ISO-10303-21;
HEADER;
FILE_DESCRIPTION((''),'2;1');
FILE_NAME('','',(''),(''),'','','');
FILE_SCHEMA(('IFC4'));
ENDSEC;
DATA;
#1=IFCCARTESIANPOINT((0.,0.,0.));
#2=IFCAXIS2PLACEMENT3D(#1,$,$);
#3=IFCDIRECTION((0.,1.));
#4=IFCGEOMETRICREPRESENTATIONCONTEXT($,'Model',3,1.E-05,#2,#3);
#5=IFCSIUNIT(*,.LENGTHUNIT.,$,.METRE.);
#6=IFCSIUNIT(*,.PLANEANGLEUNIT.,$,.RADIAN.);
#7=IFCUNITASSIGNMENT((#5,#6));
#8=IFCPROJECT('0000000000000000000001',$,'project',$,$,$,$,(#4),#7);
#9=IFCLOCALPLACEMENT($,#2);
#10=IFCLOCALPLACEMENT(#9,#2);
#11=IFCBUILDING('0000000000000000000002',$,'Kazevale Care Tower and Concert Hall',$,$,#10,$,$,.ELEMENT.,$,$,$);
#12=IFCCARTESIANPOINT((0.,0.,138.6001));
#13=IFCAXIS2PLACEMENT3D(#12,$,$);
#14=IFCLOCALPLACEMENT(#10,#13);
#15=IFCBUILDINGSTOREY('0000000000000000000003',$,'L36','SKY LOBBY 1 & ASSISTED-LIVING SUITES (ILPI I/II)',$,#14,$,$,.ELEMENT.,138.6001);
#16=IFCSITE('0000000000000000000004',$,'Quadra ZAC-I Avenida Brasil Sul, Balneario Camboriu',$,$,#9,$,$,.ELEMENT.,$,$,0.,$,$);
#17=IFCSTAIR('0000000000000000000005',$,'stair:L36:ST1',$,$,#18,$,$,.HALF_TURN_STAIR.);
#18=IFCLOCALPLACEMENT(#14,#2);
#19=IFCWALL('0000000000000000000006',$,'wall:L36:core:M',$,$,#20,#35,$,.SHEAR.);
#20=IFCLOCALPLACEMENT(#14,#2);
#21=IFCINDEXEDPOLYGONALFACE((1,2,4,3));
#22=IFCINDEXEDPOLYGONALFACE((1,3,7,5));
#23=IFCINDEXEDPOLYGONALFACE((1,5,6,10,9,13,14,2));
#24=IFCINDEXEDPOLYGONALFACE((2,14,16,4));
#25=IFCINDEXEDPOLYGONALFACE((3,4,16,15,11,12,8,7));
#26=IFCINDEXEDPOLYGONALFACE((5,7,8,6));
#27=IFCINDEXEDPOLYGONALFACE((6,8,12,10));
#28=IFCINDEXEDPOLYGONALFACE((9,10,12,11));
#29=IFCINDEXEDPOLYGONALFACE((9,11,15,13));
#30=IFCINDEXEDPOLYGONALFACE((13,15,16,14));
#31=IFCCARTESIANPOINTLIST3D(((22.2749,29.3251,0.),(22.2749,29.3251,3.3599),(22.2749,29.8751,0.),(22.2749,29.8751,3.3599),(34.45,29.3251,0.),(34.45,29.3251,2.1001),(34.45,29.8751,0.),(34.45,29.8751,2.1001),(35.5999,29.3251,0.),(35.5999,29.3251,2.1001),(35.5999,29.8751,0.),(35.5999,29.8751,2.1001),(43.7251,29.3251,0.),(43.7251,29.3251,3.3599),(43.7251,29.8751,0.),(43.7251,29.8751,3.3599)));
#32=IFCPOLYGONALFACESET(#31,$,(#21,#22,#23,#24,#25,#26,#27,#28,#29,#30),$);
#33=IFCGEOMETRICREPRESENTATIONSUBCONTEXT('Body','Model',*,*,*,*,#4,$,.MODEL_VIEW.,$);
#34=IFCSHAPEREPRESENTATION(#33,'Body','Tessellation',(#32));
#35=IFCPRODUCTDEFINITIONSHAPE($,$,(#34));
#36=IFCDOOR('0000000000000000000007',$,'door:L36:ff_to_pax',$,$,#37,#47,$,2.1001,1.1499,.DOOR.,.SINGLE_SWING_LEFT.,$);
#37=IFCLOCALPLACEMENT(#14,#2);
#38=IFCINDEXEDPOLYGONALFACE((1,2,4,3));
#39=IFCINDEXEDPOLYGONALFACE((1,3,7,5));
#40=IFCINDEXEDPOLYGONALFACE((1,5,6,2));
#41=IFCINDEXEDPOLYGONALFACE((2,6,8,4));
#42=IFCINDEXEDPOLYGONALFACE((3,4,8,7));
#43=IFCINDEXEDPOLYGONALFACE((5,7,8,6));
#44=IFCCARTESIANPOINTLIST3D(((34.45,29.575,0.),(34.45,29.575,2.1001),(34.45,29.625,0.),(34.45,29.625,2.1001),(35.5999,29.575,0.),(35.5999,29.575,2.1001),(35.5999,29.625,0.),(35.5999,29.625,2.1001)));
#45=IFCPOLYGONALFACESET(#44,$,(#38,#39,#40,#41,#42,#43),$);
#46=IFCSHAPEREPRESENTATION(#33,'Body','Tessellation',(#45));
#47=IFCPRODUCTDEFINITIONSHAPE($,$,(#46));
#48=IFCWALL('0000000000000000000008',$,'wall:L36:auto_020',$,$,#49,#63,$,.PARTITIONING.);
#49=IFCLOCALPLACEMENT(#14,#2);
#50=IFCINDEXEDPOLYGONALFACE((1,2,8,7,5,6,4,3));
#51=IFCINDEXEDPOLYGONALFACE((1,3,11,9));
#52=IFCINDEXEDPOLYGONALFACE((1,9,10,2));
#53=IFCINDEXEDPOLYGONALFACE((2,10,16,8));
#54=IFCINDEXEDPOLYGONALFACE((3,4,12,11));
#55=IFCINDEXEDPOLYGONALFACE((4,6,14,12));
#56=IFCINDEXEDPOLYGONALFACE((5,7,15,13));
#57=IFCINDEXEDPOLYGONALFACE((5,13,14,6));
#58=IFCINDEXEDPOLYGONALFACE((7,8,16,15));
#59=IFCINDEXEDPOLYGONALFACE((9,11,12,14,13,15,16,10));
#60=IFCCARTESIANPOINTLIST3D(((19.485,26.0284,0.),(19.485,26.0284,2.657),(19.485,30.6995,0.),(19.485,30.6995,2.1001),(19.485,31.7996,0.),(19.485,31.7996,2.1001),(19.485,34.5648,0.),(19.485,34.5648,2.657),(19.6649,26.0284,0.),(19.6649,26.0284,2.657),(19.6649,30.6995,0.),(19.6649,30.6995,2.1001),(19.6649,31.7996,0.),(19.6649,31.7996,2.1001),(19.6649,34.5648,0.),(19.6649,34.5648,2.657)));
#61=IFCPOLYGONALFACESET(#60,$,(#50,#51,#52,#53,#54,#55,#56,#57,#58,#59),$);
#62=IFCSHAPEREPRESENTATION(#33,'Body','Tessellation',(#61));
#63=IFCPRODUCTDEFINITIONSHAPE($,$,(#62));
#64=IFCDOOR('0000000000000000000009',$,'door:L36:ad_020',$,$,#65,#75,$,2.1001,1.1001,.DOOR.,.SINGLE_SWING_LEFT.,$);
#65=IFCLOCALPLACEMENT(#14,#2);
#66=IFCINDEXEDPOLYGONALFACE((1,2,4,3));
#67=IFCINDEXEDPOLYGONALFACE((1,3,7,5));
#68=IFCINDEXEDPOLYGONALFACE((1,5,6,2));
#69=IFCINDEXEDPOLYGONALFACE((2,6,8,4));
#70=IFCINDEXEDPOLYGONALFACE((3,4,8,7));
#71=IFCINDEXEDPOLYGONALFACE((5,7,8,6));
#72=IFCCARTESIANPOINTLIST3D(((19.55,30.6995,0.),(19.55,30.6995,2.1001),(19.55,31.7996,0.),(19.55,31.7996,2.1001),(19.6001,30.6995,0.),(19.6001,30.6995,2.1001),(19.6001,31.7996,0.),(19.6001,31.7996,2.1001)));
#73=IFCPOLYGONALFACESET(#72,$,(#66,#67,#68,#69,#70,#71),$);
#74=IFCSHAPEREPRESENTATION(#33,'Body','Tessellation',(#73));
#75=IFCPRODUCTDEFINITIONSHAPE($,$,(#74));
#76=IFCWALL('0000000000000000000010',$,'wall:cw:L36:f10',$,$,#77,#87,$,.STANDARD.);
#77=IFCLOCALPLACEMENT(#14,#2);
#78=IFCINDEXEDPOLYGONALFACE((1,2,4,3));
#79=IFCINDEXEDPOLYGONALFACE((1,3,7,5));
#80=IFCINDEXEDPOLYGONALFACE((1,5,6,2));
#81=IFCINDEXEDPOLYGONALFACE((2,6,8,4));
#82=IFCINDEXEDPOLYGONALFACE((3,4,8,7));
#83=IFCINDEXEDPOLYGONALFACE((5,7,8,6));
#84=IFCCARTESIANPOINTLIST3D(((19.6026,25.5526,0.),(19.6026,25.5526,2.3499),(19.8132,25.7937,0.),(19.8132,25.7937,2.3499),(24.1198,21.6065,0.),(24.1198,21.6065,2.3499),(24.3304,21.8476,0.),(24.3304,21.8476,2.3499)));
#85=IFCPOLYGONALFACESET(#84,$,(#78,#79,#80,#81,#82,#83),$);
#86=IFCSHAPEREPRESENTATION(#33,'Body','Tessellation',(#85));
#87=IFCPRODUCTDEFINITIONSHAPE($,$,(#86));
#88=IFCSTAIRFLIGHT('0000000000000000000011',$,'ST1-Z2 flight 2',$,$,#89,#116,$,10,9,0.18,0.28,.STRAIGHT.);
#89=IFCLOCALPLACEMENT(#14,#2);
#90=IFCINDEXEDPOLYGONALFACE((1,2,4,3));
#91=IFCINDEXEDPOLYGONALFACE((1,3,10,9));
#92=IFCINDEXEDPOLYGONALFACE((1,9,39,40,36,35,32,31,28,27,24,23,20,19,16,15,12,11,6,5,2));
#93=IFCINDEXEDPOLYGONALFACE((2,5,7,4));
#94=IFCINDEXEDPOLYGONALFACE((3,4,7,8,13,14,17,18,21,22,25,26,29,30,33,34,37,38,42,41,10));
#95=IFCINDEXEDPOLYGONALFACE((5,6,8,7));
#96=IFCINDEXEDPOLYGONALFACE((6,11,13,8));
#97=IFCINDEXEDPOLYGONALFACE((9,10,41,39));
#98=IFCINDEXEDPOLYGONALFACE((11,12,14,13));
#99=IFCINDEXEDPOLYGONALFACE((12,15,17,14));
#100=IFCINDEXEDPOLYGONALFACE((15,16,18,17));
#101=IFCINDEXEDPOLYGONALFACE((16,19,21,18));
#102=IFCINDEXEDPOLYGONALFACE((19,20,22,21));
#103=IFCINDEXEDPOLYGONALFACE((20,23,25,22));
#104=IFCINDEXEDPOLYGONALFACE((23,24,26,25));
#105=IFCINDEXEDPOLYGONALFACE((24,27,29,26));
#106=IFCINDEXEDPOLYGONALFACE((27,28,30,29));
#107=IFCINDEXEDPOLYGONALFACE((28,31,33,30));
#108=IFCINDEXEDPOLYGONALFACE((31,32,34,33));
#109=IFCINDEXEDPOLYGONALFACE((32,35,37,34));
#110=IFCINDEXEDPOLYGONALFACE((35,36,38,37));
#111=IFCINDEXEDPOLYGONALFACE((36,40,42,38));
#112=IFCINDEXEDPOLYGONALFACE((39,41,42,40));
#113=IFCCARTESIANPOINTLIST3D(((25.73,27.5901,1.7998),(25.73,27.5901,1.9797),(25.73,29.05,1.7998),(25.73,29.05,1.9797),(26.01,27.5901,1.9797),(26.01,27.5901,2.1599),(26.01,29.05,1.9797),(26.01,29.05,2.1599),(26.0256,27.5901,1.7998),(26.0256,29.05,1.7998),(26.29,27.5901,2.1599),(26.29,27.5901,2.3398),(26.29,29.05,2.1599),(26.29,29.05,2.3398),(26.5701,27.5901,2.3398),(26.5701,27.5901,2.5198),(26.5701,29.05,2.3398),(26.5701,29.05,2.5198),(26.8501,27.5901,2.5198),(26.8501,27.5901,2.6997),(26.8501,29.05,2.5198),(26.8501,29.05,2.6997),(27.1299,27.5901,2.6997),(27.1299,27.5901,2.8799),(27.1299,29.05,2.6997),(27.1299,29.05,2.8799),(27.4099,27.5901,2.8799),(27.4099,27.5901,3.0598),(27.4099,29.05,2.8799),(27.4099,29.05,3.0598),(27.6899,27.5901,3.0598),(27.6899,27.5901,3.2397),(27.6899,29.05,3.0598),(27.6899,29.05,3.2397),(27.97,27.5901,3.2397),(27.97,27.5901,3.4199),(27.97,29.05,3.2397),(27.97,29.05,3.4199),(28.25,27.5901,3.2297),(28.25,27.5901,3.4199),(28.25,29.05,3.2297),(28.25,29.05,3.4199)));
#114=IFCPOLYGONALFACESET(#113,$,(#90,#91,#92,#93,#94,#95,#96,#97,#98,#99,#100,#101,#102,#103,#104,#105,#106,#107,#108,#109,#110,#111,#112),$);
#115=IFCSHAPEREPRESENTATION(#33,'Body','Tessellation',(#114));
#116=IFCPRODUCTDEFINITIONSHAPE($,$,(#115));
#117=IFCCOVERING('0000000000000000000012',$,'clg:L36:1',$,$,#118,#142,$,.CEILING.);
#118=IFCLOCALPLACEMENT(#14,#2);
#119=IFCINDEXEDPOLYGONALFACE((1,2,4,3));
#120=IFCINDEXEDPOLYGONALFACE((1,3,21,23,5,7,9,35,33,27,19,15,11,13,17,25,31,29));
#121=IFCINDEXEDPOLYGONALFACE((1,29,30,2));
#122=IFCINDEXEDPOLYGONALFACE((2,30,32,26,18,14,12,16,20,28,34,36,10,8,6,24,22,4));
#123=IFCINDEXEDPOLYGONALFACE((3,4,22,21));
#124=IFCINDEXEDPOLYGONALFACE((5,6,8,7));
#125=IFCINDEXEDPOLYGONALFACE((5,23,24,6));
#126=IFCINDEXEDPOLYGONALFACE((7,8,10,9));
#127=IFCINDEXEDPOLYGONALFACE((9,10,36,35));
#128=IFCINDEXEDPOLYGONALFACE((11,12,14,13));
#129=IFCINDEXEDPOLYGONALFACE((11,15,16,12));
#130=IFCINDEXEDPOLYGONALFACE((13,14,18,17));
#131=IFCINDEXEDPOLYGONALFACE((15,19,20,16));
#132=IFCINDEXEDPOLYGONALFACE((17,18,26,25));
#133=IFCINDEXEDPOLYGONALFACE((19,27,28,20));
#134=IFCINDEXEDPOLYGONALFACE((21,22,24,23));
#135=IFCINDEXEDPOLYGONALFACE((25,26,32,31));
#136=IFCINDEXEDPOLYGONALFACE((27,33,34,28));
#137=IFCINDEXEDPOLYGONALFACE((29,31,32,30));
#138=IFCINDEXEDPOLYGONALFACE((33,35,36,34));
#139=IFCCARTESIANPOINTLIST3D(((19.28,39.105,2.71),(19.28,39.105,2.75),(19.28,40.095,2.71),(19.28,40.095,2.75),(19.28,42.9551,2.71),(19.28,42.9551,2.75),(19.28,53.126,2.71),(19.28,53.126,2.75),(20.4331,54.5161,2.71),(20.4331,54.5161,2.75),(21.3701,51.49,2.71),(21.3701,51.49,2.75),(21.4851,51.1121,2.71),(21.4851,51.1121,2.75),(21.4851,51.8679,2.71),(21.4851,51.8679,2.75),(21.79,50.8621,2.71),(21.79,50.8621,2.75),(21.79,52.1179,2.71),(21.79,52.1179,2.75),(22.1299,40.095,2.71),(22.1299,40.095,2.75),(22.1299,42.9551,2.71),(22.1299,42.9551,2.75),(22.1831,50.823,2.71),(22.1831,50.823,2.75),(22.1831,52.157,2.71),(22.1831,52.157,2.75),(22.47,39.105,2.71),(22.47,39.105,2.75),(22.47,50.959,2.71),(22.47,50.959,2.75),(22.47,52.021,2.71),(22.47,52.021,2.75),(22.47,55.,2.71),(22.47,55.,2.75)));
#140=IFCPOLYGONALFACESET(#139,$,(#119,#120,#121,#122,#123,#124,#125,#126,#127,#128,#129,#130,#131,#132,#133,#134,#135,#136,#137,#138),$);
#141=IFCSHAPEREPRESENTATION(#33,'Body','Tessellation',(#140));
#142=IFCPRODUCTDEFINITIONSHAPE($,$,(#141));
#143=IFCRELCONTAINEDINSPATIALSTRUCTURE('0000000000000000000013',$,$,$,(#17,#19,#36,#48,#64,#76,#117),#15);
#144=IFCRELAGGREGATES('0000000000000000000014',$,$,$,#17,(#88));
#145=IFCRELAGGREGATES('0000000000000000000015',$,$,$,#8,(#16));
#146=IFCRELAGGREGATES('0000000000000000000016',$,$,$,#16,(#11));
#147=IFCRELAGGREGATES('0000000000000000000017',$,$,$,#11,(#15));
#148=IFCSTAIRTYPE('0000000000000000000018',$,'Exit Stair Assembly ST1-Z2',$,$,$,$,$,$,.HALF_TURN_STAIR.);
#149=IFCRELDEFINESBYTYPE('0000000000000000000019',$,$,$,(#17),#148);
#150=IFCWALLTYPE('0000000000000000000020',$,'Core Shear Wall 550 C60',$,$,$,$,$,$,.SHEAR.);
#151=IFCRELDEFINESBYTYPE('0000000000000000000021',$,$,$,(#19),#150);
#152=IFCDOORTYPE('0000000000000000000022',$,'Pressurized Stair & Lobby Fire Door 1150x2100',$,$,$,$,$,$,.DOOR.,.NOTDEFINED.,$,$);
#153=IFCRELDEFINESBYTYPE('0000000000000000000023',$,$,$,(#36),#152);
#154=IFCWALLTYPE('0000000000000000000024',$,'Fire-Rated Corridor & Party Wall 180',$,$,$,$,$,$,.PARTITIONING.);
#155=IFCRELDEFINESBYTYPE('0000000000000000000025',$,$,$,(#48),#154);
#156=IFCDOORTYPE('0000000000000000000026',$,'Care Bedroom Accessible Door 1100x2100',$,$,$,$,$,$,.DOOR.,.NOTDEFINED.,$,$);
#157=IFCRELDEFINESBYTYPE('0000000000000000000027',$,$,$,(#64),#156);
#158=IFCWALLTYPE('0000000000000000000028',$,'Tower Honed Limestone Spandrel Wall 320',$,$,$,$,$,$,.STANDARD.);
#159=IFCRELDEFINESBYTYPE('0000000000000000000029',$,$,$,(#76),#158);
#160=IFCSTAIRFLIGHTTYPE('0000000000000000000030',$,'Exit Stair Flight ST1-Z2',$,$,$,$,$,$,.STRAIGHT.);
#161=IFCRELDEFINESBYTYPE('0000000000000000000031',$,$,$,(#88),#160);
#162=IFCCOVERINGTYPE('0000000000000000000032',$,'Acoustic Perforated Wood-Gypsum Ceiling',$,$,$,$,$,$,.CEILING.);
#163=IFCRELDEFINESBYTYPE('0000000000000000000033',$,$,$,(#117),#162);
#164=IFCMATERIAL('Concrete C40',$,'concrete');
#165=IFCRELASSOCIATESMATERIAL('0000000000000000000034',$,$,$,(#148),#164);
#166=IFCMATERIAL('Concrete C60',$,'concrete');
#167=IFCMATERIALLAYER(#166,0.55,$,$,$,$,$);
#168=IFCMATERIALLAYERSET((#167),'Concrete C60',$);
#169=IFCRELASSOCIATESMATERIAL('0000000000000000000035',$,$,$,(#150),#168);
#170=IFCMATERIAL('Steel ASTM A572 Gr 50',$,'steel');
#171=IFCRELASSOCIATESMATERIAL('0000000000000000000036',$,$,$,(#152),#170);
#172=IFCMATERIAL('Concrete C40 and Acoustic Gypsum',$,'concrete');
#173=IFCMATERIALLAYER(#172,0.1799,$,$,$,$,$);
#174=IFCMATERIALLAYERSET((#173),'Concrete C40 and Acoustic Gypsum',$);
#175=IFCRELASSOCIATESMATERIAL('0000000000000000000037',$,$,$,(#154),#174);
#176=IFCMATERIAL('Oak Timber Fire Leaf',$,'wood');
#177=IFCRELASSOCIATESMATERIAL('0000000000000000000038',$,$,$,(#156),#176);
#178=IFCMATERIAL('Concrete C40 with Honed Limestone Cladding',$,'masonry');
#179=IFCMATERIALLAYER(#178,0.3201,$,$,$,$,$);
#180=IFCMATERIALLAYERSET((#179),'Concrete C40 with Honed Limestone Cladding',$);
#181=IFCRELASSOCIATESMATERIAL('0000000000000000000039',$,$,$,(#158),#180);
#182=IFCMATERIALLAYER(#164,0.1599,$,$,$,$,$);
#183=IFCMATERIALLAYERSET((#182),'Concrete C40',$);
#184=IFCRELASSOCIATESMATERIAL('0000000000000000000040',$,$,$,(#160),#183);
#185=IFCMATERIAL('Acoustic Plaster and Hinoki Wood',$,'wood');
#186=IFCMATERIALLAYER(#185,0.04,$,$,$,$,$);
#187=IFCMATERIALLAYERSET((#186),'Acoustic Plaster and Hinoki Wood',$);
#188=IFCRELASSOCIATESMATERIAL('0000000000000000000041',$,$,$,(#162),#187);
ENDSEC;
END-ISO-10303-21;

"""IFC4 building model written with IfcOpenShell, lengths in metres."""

from ifc_helpers import new_model, si_unit, direction, frame, frame_2d, origin, place, context, subcontext, project, spatial, polyline, rectangle, outline, extrude, material, layer, layer_set, type_object, element, fill, aggregate, save


model = new_model("IFC4")

# Units and contexts
model_context = context("Model", 3, precision=1e-05, world=origin(), true_north=direction((0.0, 1.0)))
body_context = subcontext(model_context, "Body", "Model", "MODEL_VIEW")
ifc_project = project(units=[si_unit("LENGTHUNIT", "METRE"), si_unit("PLANEANGLEUNIT", "RADIAN")], contexts=[model_context])

# Site, building, storey
site_placement = place(None, origin())
site = spatial("IfcSite", under=ifc_project, at=site_placement, Name="Quadra ZAC-I Avenida Brasil Sul, Balneario Camboriu", CompositionType="ELEMENT", RefElevation=0.0)
building_placement = place(site_placement, origin())
building = spatial("IfcBuilding", under=site, at=building_placement, Name="Kazevale Care Tower and Concert Hall", CompositionType="ELEMENT")
storey_placement = place(building_placement, frame((0.0, 0.0, 138.6001)))
storey = spatial("IfcBuildingStorey", under=building, at=storey_placement, Name="L36", Description="SKY LOBBY 1 & ASSISTED-LIVING SUITES (ILPI I/II)", CompositionType="ELEMENT", Elevation=138.6001)

# Shared definitions
ifc_material_1 = material(Name="Concrete C60", Category="concrete")

# Shared definitions
ifc_material_2 = material(Name="Steel ASTM A572 Gr 50", Category="steel")

# Shared definitions
ifc_material_3 = material(Name="Concrete C40", Category="concrete")

# Stair
stair_type = type_object("IfcStairType", Name="Exit Stair Assembly ST1-Z2", PredefinedType="HALF_TURN_STAIR", material=ifc_material_3)
stair_1_placement = place(storey_placement, origin())
stair_1 = element("IfcStair", 1, at=stair_1_placement, inside=storey, type_object=stair_type, Name="stair:L36:ST1", PredefinedType="HALF_TURN_STAIR")

# Shared definitions
ifc_layer_1 = layer(ifc_material_1, 0.55)
ifc_layer_set_1 = layer_set([ifc_layer_1], Name="Concrete C60")
wall_type_1 = type_object("IfcWallType", Name="Core Shear Wall 550 C60", PredefinedType="SHEAR", material=ifc_layer_set_1)

# Walls, openings, doors
wall_1_placement = place(storey_placement, frame((22.2749, 29.6001, 0.0), z_axis=(0.0, 0.0, 1.0), x_axis=(1.0, 0.0, 0.0)))
wall_1 = element("IfcWall", 2, at=wall_1_placement, inside=storey, type_object=wall_type_1, Name="wall:L36:core:M", PredefinedType="SHEAR", context=body_context, shape_type="SweptSolid", body=[
    extrude(rectangle(XDim=21.4502, YDim=0.55, at=frame_2d((10.7251, 0.0))), origin(), (0.0, 0.0, 1.0), 3.3599),
])
opening_1_placement = place(wall_1_placement, frame((12.175, 0.0, 0.0)))
opening_1 = element("IfcOpeningElement", 3, at=opening_1_placement, cuts=wall_1, PredefinedType="OPENING", context=body_context, shape_type="SweptSolid", body=[
    extrude(rectangle(XDim=1.1499, YDim=2.1001, at=frame_2d((0.575, 1.05))), frame((0.0, 0.2849, 0.0), z_axis=(0.0, -1.0, 0.0), x_axis=(1.0, 0.0, 0.0)), (0.0, 0.0, 1.0), 0.5701),
])
door_type_1 = type_object("IfcDoorType", Name="Pressurized Stair & Lobby Fire Door 1150x2100", OperationType="NOTDEFINED", PredefinedType="DOOR", material=ifc_material_2)
door_1_placement = place(opening_1_placement, origin())
door_1 = element("IfcDoor", 4, at=door_1_placement, inside=storey, type_object=door_type_1, Name="door:L36:ff_to_pax", OperationType="SINGLE_SWING_LEFT", OverallHeight=2.1001, OverallWidth=1.1499, PredefinedType="DOOR", context=body_context, shape_type="SweptSolid", body=[
    extrude(rectangle(XDim=1.1499, YDim=2.1001, at=frame_2d((0.575, 1.05))), frame((0.0, 0.0249, 0.0), z_axis=(0.0, -1.0, 0.0), x_axis=(1.0, 0.0, 0.0)), (0.0, 0.0, 1.0), 0.05),
])
fill(opening_1, door_1)
ifc_material_4 = material(Name="Concrete C40 and Acoustic Gypsum", Category="concrete")
ifc_layer_2 = layer(ifc_material_4, 0.1799)
ifc_layer_set_2 = layer_set([ifc_layer_2], Name="Concrete C40 and Acoustic Gypsum")
wall_type_2 = type_object("IfcWallType", Name="Fire-Rated Corridor & Party Wall 180", PredefinedType="PARTITIONING", material=ifc_layer_set_2)
wall_2_placement = place(storey_placement, frame((19.575, 26.0286, 0.0), z_axis=(0.0, 0.0, 1.0), x_axis=(0.0, 1.0, 0.0)))
wall_2 = element("IfcWall", 5, at=wall_2_placement, inside=storey, type_object=wall_type_2, Name="wall:L36:auto_020", PredefinedType="PARTITIONING", context=body_context, shape_type="SweptSolid", body=[
    extrude(rectangle(XDim=8.5364, YDim=0.1799, at=frame_2d((4.2681, 0.0))), origin(), (0.0, 0.0, 1.0), 2.657),
])
opening_2_placement = place(wall_2_placement, frame((4.6709, 0.0, 0.0)))
opening_2 = element("IfcOpeningElement", 6, at=opening_2_placement, cuts=wall_2, PredefinedType="OPENING", context=body_context, shape_type="SweptSolid", body=[
    extrude(rectangle(XDim=1.1001, YDim=2.1001, at=frame_2d((0.55, 1.05))), frame((0.0, 0.0999, 0.0), z_axis=(0.0, -1.0, 0.0), x_axis=(1.0, 0.0, 0.0)), (0.0, 0.0, 1.0), 0.2),
])
ifc_material_5 = material(Name="Oak Timber Fire Leaf", Category="wood")
door_type_2 = type_object("IfcDoorType", Name="Care Bedroom Accessible Door 1100x2100", OperationType="NOTDEFINED", PredefinedType="DOOR", material=ifc_material_5)
door_2_placement = place(opening_2_placement, origin())
door_2 = element("IfcDoor", 7, at=door_2_placement, inside=storey, type_object=door_type_2, Name="door:L36:ad_020", OperationType="SINGLE_SWING_LEFT", OverallHeight=2.1001, OverallWidth=1.1001, PredefinedType="DOOR", context=body_context, shape_type="SweptSolid", body=[
    extrude(rectangle(XDim=1.1001, YDim=2.1001, at=frame_2d((0.55, 1.05))), frame((0.0, 0.0249, 0.0), z_axis=(0.0, -1.0, 0.0), x_axis=(1.0, 0.0, 0.0)), (0.0, 0.0, 1.0), 0.05),
])
fill(opening_2, door_2)

# Wall
ifc_material_6 = material(Name="Concrete C40 with Honed Limestone Cladding", Category="masonry")
ifc_layer_3 = layer(ifc_material_6, 0.3201)
ifc_layer_set_3 = layer_set([ifc_layer_3], Name="Concrete C40 with Honed Limestone Cladding")
wall_type_3 = type_object("IfcWallType", Name="Tower Honed Limestone Spandrel Wall 320", PredefinedType="STANDARD", material=ifc_layer_set_3)
wall_3_placement = place(storey_placement, frame((24.2251, 21.7271, 0.0), z_axis=(0.0, 0.0, 1.0), x_axis=(-0.753106, 0.657899, 0.0)))
element("IfcWall", 8, at=wall_3_placement, inside=storey, type_object=wall_type_3, Name="wall:cw:L36:f10", PredefinedType="STANDARD", context=body_context, shape_type="SweptSolid", body=[
    extrude(rectangle(XDim=5.998, YDim=0.3201, at=frame_2d((2.999, 0.0))), origin(), (0.0, 0.0, 1.0), 2.3499),
])

# Stair flight
ifc_layer_4 = layer(ifc_material_3, 0.1599)
ifc_layer_set_4 = layer_set([ifc_layer_4], Name="Concrete C40")
stair_flight_type = type_object("IfcStairFlightType", Name="Exit Stair Flight ST1-Z2", PredefinedType="STRAIGHT", material=ifc_layer_set_4)
stair_flight_placement = place(storey_placement, frame((25.73, 28.3201, 1.7998), z_axis=(0.0, 0.0, 1.0), x_axis=(1.0, 0.0, 0.0)))
stair_flight = element("IfcStairFlight", 9, at=stair_flight_placement, type_object=stair_flight_type, Name="ST1-Z2 flight 2", NumberOfRisers=10, NumberOfTreads=9, PredefinedType="STRAIGHT", RiserHeight=0.18, TreadLength=0.28, context=body_context, shape_type="SweptSolid", body=[
    extrude(outline(polyline([(0.0, 0.0), (0.0, 0.1799), (0.28, 0.1799), (0.28, 0.3601), (0.5601, 0.3601), (0.5601, 0.54), (0.8401, 0.54), (0.8401, 0.72), (1.1201, 0.72), (1.1201, 0.8999), (1.3999, 0.8999), (1.3999, 1.0801), (1.6799, 1.0801), (1.6799, 1.26), (1.96, 1.26), (1.96, 1.4399), (2.24, 1.4399), (2.24, 1.6201), (2.52, 1.6201), (2.52, 1.8), (2.52, 1.4299), (0.2957, 0.0), (0.0, 0.0)])), frame((0.0, 0.73, 0.0), z_axis=(0.0, -1.0, 0.0), x_axis=(1.0, 0.0, 0.0)), (0.0, 0.0, 1.0), 1.46),
])
aggregate(stair_1, [stair_flight])

# Covering
ifc_material_7 = material(Name="Acoustic Plaster and Hinoki Wood", Category="wood")
ifc_layer_5 = layer(ifc_material_7, 0.04)
ifc_layer_set_5 = layer_set([ifc_layer_5], Name="Acoustic Plaster and Hinoki Wood")
covering_type = type_object("IfcCoveringType", Name="Acoustic Perforated Wood-Gypsum Ceiling", PredefinedType="CEILING", material=ifc_layer_set_5)
covering_1_placement = place(storey_placement, frame((0.0, 0.0, 2.71)))
element("IfcCovering", 10, at=covering_1_placement, inside=storey, type_object=covering_type, Name="clg:L36:1", PredefinedType="CEILING", context=body_context, shape_type="SweptSolid", body=[
    extrude(outline(polyline([(22.1299, 40.095), (22.1299, 42.9551), (19.28, 42.9551), (19.28, 53.126), (20.4331, 54.5161), (22.47, 55.0), (22.47, 52.021), (22.1831, 52.157), (21.79, 52.1179), (21.4851, 51.8679), (21.3701, 51.49), (21.4851, 51.1121), (21.79, 50.8621), (22.1831, 50.823), (22.47, 50.959), (22.47, 39.105), (19.28, 39.105), (19.28, 40.095), (22.1299, 40.095)])), origin(), (0.0, 0.0, 1.0), 0.04),
])

save(model, "model.ifc")
